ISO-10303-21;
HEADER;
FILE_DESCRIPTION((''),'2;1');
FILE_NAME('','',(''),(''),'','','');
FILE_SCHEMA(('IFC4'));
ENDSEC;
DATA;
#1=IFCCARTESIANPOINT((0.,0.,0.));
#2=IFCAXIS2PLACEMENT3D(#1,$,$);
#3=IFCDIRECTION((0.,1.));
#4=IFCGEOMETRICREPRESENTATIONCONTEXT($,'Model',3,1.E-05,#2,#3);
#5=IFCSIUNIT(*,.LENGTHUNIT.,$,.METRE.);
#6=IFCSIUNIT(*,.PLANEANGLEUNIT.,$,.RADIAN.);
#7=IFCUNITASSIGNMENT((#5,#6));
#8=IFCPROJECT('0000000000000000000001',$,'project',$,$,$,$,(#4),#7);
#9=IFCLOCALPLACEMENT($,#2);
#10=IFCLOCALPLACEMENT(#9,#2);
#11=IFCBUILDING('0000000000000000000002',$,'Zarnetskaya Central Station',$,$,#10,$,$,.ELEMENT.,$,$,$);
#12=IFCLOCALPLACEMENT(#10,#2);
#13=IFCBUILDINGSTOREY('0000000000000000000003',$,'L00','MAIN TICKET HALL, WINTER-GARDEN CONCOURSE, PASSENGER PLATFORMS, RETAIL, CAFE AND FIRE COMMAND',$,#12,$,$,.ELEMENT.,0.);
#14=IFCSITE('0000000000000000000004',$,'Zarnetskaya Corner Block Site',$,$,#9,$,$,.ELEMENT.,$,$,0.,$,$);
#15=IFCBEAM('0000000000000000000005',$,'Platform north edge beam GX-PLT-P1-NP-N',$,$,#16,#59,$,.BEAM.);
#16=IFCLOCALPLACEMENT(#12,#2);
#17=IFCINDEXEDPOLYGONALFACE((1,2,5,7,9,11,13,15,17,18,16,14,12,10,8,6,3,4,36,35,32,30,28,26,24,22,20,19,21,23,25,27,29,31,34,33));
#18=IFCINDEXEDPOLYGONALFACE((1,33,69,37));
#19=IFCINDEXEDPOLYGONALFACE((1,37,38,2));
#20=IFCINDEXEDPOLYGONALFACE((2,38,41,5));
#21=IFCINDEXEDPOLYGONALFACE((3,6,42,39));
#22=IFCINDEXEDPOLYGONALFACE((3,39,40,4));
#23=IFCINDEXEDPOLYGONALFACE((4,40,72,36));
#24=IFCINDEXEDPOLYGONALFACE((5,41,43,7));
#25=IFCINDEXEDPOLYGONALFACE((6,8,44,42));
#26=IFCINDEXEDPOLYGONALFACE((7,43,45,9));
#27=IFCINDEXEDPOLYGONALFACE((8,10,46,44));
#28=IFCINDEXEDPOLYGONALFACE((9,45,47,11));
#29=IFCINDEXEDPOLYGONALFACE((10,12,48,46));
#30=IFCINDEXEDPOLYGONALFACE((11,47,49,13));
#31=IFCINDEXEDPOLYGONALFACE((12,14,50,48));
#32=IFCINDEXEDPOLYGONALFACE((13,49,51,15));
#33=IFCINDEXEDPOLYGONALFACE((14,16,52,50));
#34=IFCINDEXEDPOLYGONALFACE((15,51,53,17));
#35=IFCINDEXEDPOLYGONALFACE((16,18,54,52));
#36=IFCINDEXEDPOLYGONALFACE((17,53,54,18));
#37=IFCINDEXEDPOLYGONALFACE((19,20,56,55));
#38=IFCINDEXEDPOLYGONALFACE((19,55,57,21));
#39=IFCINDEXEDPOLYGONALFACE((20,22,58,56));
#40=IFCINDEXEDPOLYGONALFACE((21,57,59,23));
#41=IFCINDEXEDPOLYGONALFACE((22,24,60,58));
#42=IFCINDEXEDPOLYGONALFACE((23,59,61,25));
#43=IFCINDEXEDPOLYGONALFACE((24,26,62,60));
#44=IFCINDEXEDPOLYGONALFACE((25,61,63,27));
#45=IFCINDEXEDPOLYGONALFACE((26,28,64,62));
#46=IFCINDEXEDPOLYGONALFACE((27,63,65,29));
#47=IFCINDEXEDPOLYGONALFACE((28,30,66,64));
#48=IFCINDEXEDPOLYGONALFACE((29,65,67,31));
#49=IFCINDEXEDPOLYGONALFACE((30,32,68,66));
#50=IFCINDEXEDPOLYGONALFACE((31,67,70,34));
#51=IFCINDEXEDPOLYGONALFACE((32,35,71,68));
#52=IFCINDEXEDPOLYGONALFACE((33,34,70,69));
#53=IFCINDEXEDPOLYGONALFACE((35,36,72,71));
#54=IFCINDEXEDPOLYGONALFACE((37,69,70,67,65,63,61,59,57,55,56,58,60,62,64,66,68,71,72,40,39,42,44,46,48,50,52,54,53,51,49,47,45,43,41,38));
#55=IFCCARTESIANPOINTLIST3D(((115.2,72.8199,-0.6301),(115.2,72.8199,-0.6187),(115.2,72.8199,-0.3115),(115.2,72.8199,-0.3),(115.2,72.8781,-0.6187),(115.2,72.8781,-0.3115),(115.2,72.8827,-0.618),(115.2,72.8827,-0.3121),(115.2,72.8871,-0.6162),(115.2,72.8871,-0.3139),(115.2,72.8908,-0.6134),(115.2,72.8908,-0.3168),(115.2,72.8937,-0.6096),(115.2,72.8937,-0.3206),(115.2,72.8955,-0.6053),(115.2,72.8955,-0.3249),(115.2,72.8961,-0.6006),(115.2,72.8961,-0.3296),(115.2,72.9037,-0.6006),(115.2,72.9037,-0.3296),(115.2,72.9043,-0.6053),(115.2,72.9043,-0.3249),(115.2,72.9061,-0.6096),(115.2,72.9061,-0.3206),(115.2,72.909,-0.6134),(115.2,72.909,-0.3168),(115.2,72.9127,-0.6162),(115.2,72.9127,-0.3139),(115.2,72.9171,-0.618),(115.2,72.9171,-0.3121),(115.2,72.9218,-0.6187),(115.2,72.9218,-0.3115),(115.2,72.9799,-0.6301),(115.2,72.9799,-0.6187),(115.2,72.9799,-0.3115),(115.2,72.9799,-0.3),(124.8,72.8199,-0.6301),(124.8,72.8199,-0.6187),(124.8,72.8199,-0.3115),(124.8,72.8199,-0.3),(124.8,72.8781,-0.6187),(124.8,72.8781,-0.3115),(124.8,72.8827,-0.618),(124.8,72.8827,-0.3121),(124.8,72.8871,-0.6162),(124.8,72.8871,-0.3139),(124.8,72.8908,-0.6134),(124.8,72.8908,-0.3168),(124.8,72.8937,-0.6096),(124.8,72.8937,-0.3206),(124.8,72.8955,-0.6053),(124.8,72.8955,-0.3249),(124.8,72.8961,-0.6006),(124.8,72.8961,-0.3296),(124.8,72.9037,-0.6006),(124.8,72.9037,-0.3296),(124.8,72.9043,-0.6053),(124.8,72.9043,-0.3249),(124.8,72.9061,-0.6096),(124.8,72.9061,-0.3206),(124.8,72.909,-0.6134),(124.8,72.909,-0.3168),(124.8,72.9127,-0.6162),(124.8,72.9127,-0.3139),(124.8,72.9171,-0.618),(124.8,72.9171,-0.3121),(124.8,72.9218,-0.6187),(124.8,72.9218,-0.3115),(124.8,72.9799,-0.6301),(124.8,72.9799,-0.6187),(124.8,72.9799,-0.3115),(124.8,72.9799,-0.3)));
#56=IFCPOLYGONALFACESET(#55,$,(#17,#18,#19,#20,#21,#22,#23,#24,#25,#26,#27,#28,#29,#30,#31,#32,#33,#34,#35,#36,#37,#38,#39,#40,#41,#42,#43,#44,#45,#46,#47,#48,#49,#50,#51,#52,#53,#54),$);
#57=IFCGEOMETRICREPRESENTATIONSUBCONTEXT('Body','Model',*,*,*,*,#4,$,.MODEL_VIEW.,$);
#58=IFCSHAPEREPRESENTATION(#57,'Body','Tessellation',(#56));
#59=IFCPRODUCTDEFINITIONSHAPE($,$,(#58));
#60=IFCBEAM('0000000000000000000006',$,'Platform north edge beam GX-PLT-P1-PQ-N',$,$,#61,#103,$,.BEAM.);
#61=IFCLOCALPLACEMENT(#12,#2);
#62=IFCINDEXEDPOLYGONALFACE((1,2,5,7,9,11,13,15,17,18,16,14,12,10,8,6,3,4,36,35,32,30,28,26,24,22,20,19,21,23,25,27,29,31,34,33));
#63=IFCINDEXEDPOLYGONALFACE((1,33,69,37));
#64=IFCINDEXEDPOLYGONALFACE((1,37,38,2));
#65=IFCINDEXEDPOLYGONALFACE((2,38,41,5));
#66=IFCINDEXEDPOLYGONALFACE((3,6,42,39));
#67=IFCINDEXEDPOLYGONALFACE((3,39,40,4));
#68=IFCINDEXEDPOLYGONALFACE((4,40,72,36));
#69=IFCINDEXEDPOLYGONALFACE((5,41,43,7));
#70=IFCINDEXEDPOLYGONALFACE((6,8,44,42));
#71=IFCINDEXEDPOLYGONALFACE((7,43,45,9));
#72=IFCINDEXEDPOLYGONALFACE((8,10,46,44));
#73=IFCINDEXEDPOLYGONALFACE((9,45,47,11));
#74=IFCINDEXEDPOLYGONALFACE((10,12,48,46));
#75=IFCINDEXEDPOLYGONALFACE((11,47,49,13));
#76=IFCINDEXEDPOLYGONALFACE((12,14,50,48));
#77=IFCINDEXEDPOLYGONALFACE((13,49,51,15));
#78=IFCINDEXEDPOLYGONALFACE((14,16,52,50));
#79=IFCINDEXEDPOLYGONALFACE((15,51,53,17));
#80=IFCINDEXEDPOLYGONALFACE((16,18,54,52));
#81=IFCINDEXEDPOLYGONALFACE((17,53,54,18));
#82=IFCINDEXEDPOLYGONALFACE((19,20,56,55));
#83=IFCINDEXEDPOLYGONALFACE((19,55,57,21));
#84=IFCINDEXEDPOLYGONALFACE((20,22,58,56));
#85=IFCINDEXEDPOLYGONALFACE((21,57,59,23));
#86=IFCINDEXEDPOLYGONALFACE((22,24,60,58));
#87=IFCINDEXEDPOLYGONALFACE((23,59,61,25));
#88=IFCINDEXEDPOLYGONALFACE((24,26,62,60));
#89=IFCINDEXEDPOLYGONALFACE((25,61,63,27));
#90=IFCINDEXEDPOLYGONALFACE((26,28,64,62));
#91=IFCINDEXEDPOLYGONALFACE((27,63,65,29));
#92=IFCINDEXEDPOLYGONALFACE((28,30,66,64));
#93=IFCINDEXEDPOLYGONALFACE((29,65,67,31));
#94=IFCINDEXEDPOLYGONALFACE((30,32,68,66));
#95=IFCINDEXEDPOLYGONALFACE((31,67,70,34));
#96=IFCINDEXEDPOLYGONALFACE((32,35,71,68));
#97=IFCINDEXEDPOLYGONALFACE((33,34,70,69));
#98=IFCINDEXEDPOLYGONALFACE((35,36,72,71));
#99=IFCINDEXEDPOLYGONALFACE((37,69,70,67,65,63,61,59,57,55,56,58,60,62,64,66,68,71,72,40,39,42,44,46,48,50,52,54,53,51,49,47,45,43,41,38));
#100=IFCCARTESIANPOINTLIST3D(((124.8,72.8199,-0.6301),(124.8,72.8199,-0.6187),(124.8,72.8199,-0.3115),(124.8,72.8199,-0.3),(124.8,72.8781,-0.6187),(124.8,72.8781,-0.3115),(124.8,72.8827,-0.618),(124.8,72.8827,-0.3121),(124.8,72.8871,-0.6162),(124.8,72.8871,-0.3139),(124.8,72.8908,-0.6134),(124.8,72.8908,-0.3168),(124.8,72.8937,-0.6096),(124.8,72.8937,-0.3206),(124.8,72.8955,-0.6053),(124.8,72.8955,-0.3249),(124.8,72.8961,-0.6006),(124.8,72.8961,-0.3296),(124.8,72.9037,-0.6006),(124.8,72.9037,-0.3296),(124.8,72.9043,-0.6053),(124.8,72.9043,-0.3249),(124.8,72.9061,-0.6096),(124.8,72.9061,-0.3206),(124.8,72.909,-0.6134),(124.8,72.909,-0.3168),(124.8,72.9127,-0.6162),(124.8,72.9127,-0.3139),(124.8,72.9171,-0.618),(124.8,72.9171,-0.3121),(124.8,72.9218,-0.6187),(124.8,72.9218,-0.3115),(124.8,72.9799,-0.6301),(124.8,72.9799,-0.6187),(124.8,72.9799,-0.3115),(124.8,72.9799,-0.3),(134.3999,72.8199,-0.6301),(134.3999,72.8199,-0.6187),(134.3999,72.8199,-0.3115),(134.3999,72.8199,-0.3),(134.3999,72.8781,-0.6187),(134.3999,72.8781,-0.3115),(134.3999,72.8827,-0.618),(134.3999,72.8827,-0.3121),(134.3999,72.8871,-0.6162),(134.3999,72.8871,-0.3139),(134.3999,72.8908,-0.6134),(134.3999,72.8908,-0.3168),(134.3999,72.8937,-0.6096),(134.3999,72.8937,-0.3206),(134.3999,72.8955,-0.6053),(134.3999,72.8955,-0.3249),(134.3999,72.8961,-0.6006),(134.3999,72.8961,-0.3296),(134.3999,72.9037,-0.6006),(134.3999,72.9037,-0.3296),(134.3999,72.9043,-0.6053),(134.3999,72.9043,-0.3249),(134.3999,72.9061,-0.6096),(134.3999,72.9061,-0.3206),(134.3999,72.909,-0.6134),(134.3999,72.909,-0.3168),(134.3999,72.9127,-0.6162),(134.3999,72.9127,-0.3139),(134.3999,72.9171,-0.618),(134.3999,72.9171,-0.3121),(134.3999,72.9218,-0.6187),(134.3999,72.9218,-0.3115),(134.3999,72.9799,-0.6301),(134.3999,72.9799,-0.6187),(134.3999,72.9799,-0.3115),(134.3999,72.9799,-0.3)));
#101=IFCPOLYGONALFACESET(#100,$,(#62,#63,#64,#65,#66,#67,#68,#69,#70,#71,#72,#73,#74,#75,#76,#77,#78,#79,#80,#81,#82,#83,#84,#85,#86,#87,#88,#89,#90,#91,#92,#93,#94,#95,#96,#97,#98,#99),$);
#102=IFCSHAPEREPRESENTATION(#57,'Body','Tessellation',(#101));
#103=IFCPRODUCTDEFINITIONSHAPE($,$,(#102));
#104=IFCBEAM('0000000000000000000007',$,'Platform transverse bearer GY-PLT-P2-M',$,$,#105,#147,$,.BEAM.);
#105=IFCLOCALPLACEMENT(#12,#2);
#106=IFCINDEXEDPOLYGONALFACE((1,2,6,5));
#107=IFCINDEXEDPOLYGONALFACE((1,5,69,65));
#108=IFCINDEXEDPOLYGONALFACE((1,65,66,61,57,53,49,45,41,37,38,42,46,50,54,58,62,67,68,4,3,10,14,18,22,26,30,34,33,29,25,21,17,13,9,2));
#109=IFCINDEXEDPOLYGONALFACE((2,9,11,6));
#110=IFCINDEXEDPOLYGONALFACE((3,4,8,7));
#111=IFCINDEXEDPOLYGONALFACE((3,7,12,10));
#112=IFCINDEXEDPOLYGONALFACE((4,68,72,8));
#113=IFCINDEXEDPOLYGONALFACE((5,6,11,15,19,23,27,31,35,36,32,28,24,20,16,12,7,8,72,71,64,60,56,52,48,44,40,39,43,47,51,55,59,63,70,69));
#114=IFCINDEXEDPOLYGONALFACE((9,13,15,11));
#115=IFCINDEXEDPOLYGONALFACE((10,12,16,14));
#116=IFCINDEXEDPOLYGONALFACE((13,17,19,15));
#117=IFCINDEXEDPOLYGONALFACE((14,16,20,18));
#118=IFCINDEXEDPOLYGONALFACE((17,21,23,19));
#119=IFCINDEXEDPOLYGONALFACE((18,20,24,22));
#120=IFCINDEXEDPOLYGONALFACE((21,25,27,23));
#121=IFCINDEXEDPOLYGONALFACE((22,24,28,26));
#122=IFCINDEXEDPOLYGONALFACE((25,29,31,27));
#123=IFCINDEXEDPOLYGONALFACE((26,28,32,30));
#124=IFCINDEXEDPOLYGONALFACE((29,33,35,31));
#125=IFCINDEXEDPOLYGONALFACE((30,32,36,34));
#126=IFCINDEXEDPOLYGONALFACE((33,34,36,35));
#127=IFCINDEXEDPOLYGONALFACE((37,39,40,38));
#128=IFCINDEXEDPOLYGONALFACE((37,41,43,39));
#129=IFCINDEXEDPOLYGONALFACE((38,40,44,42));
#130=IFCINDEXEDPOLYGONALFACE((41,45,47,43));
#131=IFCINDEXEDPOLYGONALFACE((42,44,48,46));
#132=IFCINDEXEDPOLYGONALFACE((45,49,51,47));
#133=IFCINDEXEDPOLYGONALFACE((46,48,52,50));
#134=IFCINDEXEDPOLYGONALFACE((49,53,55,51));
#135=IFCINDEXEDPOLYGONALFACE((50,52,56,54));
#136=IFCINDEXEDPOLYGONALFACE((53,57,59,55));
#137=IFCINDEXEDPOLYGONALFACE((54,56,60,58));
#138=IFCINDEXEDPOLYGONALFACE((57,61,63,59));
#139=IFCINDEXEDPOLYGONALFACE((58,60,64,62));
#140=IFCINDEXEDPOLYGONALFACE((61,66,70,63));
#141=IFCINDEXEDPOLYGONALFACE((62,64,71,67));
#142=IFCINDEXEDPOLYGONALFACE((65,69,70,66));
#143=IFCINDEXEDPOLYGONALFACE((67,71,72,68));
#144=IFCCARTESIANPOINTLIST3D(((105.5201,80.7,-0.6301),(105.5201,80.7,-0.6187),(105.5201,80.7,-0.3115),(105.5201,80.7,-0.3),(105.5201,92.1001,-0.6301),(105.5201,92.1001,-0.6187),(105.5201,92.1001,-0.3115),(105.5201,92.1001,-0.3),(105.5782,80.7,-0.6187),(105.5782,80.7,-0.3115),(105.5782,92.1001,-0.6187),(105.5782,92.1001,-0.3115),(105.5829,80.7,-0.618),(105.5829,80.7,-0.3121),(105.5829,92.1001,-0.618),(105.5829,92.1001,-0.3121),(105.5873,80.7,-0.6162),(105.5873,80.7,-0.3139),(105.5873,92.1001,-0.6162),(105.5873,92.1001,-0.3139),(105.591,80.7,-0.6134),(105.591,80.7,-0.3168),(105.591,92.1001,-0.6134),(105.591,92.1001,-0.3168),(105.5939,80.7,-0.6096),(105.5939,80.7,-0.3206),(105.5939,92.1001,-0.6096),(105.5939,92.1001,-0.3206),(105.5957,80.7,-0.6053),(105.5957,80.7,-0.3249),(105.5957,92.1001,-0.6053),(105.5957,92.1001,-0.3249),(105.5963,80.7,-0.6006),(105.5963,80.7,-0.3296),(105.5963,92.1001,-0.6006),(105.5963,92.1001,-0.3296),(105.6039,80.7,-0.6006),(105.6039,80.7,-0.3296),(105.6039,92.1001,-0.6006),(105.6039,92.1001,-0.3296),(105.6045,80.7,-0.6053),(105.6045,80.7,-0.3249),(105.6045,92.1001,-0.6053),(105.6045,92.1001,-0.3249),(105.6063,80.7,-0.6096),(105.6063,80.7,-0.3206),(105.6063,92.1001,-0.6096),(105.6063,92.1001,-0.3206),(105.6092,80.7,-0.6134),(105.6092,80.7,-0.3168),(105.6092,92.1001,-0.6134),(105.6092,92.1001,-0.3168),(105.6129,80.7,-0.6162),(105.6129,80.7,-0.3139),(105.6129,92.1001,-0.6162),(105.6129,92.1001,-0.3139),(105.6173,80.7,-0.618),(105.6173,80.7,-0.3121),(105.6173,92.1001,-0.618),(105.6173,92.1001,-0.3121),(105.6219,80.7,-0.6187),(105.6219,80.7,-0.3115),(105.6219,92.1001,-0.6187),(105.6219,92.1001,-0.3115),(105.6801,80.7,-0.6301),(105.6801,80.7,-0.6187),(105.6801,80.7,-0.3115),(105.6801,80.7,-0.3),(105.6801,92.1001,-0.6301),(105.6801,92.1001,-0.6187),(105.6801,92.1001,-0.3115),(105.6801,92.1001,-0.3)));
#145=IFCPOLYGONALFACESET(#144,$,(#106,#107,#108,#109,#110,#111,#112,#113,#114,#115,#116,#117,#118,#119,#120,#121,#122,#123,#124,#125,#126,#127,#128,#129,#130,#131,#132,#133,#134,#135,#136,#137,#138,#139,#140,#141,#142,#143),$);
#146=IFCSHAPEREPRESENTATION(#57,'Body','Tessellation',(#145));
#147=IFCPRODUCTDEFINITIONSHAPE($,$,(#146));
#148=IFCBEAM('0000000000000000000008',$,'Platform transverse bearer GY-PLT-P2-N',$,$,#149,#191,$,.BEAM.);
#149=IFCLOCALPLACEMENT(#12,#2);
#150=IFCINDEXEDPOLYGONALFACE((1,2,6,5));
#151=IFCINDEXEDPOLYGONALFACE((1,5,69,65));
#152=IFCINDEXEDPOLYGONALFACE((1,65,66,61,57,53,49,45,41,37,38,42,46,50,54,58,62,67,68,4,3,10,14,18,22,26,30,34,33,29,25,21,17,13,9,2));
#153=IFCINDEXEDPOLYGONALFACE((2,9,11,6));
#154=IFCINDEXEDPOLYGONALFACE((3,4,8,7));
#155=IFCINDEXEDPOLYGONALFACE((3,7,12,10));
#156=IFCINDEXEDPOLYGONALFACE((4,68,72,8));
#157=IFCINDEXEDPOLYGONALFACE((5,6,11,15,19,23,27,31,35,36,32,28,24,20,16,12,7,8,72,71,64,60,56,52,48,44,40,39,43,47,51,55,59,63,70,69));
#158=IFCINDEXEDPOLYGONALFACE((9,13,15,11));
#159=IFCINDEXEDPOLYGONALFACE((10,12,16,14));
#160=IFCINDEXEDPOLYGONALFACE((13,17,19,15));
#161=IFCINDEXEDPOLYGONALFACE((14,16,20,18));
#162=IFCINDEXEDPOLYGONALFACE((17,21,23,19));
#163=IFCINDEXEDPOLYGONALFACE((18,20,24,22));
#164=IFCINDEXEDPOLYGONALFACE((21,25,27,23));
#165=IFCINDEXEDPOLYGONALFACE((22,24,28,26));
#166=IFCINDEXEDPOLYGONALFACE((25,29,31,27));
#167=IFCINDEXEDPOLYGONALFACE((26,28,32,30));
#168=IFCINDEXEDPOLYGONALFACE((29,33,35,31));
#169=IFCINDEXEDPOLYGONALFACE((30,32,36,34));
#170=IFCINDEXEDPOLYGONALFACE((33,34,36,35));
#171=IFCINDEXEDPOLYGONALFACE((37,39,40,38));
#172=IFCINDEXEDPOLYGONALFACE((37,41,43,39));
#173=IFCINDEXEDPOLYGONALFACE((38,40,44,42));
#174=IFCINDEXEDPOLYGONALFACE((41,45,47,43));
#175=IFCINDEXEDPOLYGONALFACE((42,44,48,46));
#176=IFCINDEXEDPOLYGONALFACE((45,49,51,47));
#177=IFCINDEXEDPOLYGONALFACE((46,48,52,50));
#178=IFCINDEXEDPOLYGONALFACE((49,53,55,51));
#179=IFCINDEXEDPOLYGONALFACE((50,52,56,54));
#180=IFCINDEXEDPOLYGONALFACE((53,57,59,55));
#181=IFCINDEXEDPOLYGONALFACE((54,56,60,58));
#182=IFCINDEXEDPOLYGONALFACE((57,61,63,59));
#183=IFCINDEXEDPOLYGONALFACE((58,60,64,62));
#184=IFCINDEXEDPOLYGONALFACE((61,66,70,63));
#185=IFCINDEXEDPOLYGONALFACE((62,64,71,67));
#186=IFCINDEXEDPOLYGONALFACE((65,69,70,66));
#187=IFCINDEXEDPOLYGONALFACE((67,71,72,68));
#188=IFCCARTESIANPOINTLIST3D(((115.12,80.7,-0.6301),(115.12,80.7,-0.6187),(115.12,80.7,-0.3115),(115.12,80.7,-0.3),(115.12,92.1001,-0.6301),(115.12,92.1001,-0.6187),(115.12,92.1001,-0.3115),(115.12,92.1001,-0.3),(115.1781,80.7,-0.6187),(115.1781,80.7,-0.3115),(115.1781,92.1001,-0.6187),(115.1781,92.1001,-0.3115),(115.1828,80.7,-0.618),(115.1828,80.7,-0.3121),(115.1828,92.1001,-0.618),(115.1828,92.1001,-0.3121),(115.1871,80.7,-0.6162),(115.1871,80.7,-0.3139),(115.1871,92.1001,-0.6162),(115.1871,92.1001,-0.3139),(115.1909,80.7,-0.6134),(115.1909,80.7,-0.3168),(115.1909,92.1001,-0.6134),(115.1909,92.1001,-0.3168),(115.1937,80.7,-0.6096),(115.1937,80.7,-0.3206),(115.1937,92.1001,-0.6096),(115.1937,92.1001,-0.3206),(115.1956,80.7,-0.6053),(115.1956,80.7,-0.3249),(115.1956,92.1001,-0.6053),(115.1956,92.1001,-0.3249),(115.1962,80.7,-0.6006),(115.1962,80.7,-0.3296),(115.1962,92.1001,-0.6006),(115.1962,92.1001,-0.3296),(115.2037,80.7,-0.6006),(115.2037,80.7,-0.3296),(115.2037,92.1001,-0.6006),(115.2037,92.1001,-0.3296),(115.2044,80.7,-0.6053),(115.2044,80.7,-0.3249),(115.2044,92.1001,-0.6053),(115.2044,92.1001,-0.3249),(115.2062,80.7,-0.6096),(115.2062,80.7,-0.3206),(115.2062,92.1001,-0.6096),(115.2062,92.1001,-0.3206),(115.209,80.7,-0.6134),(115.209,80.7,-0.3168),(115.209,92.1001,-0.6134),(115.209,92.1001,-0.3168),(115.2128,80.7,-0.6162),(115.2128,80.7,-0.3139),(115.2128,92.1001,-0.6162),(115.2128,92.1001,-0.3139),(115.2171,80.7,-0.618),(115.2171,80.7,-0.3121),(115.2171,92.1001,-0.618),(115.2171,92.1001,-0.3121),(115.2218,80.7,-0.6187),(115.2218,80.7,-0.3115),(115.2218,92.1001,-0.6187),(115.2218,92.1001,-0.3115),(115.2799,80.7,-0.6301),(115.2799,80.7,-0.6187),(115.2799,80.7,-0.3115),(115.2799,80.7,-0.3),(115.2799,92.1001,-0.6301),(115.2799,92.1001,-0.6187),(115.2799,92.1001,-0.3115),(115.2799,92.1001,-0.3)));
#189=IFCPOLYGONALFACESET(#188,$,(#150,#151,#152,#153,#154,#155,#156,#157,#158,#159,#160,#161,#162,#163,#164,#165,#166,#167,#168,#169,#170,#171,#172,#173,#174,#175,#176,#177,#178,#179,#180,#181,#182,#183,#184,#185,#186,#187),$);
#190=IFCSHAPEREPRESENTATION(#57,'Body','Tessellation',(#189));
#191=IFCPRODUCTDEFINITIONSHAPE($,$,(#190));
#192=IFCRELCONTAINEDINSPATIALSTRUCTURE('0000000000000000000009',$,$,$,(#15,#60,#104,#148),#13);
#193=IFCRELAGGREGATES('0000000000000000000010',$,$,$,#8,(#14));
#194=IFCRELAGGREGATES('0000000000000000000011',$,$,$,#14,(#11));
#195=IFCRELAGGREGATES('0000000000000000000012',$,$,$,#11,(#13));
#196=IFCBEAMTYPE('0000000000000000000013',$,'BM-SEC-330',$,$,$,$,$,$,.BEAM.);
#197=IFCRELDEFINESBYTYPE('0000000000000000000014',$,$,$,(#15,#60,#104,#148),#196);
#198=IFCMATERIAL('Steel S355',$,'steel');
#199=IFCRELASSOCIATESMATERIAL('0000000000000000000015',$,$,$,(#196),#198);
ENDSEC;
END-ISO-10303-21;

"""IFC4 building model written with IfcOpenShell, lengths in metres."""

from ifc_helpers import new_model, si_unit, direction, frame, origin, origin_2d, place, context, subcontext, project, spatial, i_section, extrude, material, material_profile, profile_set, type_object, element, save


model = new_model("IFC4")

# Units and contexts
model_context = context("Model", 3, precision=1e-05, world=origin(), true_north=direction((0.0, 1.0)))
body_context = subcontext(model_context, "Body", "Model", "MODEL_VIEW")
ifc_project = project(units=[si_unit("LENGTHUNIT", "METRE"), si_unit("PLANEANGLEUNIT", "RADIAN")], contexts=[model_context])

# Site, building, storey
site_placement = place(None, origin())
site = spatial("IfcSite", under=ifc_project, at=site_placement, Name="Zarnetskaya Corner Block Site", CompositionType="ELEMENT", RefElevation=0.0)
building_placement = place(site_placement, origin())
building = spatial("IfcBuilding", under=site, at=building_placement, Name="Zarnetskaya Central Station", CompositionType="ELEMENT")
storey_placement = place(building_placement, origin())
storey = spatial("IfcBuildingStorey", under=building, at=storey_placement, Name="L00", Description="MAIN TICKET HALL, WINTER-GARDEN CONCOURSE, PASSENGER PLATFORMS, RETAIL, CAFE AND FIRE COMMAND", CompositionType="ELEMENT", Elevation=0.0)

# Shared definitions
ifc_material = material(Name="Steel S355", Category="steel")

# Beams
ifc_material_profile_1 = material_profile(ifc_material, i_section(OverallWidth=0.1599, OverallDepth=0.3301, WebThickness=0.0076, FlangeThickness=0.0115, FilletRadius=0.0181, at=origin_2d()), Name="IPE 330")
ifc_profile_set_1 = profile_set([ifc_material_profile_1], Name="Steel S355")
beam_type_1 = type_object("IfcBeamType", Name="BM-SEC-330", PredefinedType="BEAM", material=ifc_profile_set_1)
beam_1_placement = place(storey_placement, frame((115.2, 72.8999, -0.4651), z_axis=(1.0, 0.0, 0.0), x_axis=(0.0, 1.0, 0.0)))
element("IfcBeam", 1, at=beam_1_placement, inside=storey, type_object=beam_type_1, Name="Platform north edge beam GX-PLT-P1-NP-N", PredefinedType="BEAM", context=body_context, shape_type="SweptSolid", body=[
    extrude(i_section(OverallWidth=0.1599, OverallDepth=0.3301, WebThickness=0.0076, FlangeThickness=0.0115, FilletRadius=0.0181, at=origin_2d()), origin(), (0.0, 0.0, 1.0), 9.6001),
])
beam_2_placement = place(storey_placement, frame((124.8, 72.8999, -0.4651), z_axis=(1.0, 0.0, 0.0), x_axis=(0.0, 1.0, 0.0)))
element("IfcBeam", 2, at=beam_2_placement, inside=storey, type_object=beam_type_1, Name="Platform north edge beam GX-PLT-P1-PQ-N", PredefinedType="BEAM", context=body_context, shape_type="SweptSolid", body=[
    extrude(i_section(OverallWidth=0.1599, OverallDepth=0.3301, WebThickness=0.0076, FlangeThickness=0.0115, FilletRadius=0.0181, at=origin_2d()), origin(), (0.0, 0.0, 1.0), 9.5999),
])
for number, where, z_axis, x_axis, name in (
    (3, (105.6001, 80.7, -0.4651), (0.0, 1.0, 0.0), (-1.0, 0.0, 0.0), "Platform transverse bearer GY-PLT-P2-M"),
    (4, (115.2, 80.7, -0.4651), (0.0, 1.0, 0.0), (-1.0, 0.0, 0.0), "Platform transverse bearer GY-PLT-P2-N"),
):
    element("IfcBeam", number, at=place(storey_placement, frame(where, z_axis=z_axis, x_axis=x_axis)), inside=storey, type_object=beam_type_1, Name=name, PredefinedType="BEAM", context=body_context, shape_type="SweptSolid", body=[
        extrude(i_section(OverallWidth=0.1599, OverallDepth=0.3301, WebThickness=0.0076, FlangeThickness=0.0115, FilletRadius=0.0181, at=origin_2d()), origin(), (0.0, 0.0, 1.0), 11.4001),
    ])

save(model, "model.ifc")
